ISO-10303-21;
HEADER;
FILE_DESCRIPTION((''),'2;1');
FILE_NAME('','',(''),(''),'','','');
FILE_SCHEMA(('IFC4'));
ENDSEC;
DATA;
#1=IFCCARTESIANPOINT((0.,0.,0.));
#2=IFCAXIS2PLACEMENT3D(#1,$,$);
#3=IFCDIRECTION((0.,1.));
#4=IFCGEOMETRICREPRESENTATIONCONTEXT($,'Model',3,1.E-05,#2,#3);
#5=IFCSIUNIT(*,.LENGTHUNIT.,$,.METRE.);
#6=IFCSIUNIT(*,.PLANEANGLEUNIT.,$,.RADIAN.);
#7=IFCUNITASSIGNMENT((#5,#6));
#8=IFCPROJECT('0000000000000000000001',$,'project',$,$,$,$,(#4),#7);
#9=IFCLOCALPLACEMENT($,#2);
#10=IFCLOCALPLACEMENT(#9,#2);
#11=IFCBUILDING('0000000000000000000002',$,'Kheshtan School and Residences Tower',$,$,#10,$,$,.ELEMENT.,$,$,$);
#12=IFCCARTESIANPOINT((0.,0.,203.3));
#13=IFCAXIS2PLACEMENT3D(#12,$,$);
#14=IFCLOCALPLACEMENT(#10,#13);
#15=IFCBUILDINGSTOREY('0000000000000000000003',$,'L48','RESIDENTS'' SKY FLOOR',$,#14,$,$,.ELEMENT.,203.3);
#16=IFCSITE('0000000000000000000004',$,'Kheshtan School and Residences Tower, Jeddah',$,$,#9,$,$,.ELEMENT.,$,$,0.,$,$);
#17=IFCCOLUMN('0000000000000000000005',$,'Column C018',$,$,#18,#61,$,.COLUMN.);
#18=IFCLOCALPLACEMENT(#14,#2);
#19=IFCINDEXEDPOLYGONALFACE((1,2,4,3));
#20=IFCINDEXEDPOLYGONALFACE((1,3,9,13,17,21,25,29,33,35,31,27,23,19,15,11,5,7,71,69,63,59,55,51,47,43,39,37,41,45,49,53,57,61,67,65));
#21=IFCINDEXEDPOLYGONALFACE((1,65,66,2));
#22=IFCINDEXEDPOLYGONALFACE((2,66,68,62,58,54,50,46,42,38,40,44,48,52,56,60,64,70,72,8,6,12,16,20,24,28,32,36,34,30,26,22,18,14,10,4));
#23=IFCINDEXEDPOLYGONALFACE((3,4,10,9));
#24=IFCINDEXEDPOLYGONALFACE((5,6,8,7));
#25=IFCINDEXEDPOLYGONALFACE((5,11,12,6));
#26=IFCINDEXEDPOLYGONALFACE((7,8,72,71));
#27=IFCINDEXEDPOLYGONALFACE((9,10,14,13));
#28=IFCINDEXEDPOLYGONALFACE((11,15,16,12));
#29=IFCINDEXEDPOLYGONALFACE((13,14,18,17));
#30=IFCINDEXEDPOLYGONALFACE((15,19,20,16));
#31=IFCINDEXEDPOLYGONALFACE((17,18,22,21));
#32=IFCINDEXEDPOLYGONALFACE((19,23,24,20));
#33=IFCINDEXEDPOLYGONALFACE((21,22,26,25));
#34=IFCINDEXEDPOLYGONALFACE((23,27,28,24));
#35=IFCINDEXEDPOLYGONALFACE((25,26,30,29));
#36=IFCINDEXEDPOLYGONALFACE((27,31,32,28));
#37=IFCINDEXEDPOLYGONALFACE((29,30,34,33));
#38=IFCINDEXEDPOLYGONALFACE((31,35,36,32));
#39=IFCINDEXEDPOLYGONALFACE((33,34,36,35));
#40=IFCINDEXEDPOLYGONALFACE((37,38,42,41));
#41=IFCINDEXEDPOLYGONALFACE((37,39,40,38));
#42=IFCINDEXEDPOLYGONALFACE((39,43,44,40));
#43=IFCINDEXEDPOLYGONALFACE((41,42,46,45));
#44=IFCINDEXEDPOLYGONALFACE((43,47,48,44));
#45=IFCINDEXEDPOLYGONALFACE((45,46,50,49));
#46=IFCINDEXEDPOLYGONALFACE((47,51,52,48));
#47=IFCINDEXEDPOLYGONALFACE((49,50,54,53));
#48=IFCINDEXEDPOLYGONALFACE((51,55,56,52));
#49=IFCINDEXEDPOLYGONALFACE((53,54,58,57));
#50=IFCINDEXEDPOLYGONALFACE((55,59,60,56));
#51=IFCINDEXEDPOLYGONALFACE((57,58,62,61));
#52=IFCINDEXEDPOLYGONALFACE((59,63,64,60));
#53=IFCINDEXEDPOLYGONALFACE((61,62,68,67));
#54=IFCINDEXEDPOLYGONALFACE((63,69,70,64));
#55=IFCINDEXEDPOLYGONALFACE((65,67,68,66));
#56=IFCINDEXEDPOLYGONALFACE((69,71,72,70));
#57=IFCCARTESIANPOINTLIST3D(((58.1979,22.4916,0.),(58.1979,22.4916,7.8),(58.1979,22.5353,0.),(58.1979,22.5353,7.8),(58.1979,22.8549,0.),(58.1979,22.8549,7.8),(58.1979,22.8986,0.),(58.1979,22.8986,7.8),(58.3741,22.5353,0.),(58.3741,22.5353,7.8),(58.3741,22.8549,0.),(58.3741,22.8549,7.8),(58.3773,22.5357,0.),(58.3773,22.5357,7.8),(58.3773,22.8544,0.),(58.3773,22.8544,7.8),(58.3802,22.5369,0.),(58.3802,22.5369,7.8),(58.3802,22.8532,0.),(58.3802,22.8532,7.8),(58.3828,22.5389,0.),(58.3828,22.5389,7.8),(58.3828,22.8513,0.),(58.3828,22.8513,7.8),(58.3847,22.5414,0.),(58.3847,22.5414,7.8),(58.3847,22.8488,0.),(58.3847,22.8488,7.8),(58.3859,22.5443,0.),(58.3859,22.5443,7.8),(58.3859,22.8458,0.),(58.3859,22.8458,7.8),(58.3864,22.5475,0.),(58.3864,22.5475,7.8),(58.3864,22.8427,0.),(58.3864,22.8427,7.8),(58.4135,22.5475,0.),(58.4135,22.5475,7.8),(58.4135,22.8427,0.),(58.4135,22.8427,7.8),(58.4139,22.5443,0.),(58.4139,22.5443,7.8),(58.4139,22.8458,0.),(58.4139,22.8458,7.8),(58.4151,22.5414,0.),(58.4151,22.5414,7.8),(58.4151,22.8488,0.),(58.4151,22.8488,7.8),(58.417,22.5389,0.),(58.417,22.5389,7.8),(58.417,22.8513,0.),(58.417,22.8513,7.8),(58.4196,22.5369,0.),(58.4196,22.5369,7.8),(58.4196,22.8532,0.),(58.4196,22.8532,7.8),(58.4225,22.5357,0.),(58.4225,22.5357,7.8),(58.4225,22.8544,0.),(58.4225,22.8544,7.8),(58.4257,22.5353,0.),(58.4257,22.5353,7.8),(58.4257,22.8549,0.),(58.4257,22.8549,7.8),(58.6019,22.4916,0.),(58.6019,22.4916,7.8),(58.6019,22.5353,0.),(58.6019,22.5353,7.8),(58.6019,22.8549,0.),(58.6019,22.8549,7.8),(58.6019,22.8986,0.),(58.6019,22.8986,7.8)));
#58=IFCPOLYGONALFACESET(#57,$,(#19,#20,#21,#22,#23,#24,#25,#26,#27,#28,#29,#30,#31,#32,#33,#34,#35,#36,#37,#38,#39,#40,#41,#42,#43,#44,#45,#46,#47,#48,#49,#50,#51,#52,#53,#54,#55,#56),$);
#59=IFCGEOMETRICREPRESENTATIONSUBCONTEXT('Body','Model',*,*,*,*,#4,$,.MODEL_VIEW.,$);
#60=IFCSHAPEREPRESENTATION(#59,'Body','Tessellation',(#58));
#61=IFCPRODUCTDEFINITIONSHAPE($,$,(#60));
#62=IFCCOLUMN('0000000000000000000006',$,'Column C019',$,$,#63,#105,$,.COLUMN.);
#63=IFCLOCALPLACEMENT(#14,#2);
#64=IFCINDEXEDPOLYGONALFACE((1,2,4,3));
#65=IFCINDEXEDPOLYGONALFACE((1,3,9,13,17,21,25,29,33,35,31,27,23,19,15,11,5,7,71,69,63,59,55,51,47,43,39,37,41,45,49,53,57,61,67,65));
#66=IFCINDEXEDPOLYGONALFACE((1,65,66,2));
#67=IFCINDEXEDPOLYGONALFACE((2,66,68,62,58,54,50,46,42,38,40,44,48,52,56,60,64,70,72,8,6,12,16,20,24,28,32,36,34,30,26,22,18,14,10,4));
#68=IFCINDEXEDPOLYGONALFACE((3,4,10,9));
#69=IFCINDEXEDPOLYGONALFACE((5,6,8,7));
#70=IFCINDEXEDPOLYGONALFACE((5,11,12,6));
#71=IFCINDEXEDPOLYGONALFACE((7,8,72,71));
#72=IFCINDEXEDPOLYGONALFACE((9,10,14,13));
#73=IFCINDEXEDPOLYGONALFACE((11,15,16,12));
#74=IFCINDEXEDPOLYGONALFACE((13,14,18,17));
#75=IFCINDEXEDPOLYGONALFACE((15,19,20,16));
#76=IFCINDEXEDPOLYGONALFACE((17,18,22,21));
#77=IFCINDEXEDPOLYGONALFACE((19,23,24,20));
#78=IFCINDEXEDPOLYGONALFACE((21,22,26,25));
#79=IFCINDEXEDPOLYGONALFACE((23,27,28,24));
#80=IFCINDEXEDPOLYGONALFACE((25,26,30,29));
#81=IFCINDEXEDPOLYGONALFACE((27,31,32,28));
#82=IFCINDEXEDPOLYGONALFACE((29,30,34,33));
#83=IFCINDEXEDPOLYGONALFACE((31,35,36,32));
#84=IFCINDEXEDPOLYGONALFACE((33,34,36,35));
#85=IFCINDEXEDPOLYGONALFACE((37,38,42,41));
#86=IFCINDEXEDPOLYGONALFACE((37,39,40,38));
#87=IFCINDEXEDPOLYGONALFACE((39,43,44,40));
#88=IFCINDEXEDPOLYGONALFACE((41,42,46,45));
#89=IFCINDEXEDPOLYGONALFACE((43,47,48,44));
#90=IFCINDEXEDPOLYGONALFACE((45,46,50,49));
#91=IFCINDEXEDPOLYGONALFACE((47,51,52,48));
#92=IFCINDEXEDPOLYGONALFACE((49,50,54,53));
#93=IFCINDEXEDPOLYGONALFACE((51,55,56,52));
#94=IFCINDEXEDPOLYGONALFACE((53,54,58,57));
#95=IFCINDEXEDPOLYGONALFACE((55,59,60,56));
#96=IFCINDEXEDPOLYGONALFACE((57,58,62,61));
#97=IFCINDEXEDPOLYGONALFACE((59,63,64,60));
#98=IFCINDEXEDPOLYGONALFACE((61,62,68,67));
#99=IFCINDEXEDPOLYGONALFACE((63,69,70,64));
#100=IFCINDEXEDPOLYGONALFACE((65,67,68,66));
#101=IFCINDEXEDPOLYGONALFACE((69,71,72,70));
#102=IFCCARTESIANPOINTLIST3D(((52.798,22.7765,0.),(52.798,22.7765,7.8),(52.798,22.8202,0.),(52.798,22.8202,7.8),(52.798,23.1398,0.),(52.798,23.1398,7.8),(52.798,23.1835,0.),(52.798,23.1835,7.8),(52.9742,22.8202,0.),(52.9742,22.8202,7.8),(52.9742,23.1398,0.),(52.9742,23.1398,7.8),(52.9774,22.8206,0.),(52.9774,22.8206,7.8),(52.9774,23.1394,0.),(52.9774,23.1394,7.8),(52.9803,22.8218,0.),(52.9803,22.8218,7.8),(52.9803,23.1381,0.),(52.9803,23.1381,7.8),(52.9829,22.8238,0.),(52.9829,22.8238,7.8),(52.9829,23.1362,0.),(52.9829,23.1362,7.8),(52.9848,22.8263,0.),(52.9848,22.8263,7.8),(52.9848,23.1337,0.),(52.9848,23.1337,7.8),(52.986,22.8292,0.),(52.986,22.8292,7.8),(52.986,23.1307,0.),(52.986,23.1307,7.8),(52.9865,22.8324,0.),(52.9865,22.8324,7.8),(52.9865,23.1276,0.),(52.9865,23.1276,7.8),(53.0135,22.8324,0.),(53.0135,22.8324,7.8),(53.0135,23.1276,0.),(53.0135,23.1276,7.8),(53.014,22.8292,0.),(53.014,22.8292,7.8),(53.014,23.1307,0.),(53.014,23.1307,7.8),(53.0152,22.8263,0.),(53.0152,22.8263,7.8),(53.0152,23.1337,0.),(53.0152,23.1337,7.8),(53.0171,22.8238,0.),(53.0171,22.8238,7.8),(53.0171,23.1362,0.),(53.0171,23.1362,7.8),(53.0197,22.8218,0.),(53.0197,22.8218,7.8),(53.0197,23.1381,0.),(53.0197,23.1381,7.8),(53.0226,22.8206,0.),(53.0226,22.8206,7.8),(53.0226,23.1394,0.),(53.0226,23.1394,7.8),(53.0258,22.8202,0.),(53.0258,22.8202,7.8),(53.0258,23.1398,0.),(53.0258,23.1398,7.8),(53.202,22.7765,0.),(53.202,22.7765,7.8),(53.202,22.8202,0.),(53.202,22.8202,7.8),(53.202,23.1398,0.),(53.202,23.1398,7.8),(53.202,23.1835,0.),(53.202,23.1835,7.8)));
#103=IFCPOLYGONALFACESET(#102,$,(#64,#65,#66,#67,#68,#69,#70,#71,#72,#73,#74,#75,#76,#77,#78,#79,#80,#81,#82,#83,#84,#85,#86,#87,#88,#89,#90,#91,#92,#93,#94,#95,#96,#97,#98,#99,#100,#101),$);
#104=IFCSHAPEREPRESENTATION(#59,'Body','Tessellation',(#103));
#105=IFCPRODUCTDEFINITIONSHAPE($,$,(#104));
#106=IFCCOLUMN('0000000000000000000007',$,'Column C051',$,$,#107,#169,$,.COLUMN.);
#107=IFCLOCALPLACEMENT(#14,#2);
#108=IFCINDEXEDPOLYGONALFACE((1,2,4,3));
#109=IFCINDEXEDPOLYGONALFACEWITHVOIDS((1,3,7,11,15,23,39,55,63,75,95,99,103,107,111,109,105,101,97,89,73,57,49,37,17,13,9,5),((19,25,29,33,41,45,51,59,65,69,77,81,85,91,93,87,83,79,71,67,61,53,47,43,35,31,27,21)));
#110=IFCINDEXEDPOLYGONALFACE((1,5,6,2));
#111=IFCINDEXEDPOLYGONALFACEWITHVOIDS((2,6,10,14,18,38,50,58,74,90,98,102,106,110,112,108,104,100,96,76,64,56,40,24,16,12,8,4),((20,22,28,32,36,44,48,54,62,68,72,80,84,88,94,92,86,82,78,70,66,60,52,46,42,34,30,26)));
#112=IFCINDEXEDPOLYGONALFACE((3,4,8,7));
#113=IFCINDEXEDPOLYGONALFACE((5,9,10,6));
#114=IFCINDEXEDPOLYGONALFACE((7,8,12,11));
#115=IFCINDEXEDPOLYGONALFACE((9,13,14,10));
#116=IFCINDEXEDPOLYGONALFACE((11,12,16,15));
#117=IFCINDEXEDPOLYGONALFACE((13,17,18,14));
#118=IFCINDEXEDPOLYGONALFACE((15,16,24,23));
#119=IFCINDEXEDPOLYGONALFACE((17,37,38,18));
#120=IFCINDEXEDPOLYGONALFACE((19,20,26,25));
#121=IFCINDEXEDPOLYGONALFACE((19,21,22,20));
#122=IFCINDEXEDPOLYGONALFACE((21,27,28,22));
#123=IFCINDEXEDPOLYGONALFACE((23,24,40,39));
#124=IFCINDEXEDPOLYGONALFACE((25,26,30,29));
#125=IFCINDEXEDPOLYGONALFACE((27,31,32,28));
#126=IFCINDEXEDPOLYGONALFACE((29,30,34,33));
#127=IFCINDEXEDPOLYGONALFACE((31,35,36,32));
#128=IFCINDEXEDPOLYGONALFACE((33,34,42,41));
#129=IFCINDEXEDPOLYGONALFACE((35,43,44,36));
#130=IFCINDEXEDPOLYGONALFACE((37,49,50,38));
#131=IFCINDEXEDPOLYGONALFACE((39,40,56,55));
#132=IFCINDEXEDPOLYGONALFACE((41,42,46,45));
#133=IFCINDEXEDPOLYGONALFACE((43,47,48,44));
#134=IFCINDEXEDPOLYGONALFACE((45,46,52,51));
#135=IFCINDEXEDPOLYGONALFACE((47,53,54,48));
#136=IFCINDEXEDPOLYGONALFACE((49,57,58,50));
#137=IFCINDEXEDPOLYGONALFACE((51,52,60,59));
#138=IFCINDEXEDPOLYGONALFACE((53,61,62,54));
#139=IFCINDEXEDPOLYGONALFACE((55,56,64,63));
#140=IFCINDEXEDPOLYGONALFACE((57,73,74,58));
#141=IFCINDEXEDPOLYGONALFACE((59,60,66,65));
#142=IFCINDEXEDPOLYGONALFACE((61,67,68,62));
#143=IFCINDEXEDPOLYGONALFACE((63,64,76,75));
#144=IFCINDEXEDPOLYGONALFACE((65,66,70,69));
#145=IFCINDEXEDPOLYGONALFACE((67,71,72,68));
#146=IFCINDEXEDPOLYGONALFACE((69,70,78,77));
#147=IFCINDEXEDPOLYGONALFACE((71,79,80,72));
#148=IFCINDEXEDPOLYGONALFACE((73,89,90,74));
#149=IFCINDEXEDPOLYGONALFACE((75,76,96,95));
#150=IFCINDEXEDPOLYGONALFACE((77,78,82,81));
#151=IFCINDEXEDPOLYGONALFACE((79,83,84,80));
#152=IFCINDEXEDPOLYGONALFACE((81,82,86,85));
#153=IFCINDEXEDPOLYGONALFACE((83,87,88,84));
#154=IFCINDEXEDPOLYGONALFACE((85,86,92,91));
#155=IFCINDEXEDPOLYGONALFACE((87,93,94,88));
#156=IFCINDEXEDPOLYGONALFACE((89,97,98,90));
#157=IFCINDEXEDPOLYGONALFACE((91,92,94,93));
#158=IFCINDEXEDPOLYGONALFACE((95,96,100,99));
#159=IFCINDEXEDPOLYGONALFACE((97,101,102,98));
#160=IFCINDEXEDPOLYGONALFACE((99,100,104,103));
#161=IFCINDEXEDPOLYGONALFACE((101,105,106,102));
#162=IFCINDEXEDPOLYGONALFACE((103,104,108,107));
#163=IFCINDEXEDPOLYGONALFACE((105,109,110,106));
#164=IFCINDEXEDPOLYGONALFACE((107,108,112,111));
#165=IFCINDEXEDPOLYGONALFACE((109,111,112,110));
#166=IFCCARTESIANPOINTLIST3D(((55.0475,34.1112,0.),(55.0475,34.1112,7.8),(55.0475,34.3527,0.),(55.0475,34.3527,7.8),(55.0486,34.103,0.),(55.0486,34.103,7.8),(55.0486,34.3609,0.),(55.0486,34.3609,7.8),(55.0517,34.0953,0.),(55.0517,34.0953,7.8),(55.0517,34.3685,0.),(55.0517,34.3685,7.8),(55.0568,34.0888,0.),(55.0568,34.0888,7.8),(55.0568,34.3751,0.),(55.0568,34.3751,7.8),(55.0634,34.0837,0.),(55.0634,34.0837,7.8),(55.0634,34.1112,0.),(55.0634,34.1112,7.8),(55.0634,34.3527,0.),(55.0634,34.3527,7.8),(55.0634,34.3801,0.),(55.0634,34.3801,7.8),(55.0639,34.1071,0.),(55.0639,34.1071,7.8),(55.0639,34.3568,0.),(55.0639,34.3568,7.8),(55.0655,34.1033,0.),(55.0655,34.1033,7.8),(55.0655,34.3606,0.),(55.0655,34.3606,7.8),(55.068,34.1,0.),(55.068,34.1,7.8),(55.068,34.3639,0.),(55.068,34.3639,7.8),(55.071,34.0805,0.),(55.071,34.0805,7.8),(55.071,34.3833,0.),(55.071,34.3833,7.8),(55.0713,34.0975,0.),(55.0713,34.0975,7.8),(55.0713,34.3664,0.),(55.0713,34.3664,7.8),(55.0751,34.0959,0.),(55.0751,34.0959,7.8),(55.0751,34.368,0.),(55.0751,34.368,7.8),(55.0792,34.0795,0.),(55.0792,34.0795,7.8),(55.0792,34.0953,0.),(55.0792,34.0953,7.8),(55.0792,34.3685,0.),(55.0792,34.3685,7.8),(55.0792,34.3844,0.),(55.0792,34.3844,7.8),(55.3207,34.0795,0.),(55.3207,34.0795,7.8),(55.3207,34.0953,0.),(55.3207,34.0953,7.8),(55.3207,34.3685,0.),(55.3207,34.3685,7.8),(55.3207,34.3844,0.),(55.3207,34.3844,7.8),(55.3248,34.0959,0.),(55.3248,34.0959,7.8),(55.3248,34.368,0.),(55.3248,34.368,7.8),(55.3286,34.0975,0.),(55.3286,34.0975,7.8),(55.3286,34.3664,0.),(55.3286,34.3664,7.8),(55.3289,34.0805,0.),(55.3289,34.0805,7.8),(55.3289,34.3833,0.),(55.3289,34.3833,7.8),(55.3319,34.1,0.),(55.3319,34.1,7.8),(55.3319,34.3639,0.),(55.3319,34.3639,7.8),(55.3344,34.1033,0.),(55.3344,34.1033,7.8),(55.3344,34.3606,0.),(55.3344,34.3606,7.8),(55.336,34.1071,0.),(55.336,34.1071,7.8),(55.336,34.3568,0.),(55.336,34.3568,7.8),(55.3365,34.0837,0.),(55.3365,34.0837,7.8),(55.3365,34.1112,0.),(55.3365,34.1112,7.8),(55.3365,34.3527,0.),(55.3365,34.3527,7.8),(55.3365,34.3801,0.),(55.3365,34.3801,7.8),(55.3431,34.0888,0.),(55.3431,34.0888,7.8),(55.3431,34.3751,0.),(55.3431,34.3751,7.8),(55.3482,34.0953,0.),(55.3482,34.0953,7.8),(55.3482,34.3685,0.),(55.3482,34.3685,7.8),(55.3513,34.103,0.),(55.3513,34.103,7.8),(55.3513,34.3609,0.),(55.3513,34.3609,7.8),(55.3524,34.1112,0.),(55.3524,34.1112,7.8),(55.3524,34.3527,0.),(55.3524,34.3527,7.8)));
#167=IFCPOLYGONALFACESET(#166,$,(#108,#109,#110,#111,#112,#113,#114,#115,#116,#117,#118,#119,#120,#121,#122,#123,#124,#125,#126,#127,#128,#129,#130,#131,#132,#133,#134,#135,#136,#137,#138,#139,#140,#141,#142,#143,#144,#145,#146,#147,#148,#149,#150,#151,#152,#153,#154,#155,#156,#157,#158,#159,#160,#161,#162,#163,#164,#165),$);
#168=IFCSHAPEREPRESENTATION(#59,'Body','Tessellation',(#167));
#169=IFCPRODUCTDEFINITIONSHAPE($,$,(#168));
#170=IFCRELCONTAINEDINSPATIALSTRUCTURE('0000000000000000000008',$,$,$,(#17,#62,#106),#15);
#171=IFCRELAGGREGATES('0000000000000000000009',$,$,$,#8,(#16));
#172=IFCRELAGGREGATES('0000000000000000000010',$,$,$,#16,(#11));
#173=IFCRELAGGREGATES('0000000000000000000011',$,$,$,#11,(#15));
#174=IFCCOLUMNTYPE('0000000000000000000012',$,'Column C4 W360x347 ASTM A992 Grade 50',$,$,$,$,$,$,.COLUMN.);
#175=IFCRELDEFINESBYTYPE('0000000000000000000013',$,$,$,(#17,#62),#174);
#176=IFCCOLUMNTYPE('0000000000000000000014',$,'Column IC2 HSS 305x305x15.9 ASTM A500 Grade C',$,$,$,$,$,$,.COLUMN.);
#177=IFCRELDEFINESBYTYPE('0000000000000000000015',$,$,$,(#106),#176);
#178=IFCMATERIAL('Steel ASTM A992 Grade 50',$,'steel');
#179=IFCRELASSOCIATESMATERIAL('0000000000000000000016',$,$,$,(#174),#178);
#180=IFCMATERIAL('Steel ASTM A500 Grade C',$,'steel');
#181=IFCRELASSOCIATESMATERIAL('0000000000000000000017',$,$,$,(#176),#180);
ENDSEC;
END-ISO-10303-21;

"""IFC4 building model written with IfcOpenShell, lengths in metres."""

from ifc_helpers import new_model, si_unit, direction, frame, origin, origin_2d, place, context, subcontext, project, spatial, hollow_rectangle, i_section, extrude, material, material_profile, profile_set, type_object, element, save


model = new_model("IFC4")

# Units and contexts
model_context = context("Model", 3, precision=1e-05, world=origin(), true_north=direction((0.0, 1.0)))
body_context = subcontext(model_context, "Body", "Model", "MODEL_VIEW")
ifc_project = project(units=[si_unit("LENGTHUNIT", "METRE"), si_unit("PLANEANGLEUNIT", "RADIAN")], contexts=[model_context])

# Site, building, storey
site_placement = place(None, origin())
site = spatial("IfcSite", under=ifc_project, at=site_placement, Name="Kheshtan School and Residences Tower, Jeddah", CompositionType="ELEMENT", RefElevation=0.0)
building_placement = place(site_placement, origin())
building = spatial("IfcBuilding", under=site, at=building_placement, Name="Kheshtan School and Residences Tower", CompositionType="ELEMENT")
storey_placement = place(building_placement, frame((0.0, 0.0, 203.3)))
storey = spatial("IfcBuildingStorey", under=building, at=storey_placement, Name="L48", Description="RESIDENTS' SKY FLOOR", CompositionType="ELEMENT", Elevation=203.3)

# Columns
ifc_material_1 = material(Name="Steel ASTM A992 Grade 50", Category="steel")
ifc_material_profile_1 = material_profile(ifc_material_1, i_section(OverallWidth=0.4041, OverallDepth=0.407, WebThickness=0.0271, FlangeThickness=0.0437, FilletRadius=0.0122, at=origin_2d()), Name="W360x347")
ifc_profile_set_1 = profile_set([ifc_material_profile_1], Name="Steel ASTM A992 Grade 50")
column_type_1 = type_object("IfcColumnType", Name="Column C4 W360x347 ASTM A992 Grade 50", PredefinedType="COLUMN", material=ifc_profile_set_1)
for number, where, z_axis, x_axis, name in (
    (1, (58.3999, 22.6951, 0.0), (0.0, 0.0, 1.0), (1.0, 0.0, 0.0), "Column C018"),
    (2, (53.0, 22.98, 0.0), (0.0, 0.0, 1.0), (1.0, 0.0, 0.0), "Column C019"),
):
    element("IfcColumn", number, at=place(storey_placement, frame(where, z_axis=z_axis, x_axis=x_axis)), inside=storey, type_object=column_type_1, Name=name, PredefinedType="COLUMN", context=body_context, shape_type="SweptSolid", body=[
        extrude(i_section(OverallWidth=0.4041, OverallDepth=0.407, WebThickness=0.0271, FlangeThickness=0.0437, FilletRadius=0.0122, at=origin_2d()), origin(), (0.0, 0.0, 1.0), 7.8),
    ])
ifc_material_2 = material(Name="Steel ASTM A500 Grade C", Category="steel")
ifc_material_profile_2 = material_profile(ifc_material_2, hollow_rectangle(XDim=0.3049, YDim=0.3049, WallThickness=0.0159, InnerFilletRadius=0.0159, OuterFilletRadius=0.0317, at=origin_2d()), Name="HSS 305x305x15.9")
ifc_profile_set_2 = profile_set([ifc_material_profile_2], Name="Steel ASTM A500 Grade C")
column_type_2 = type_object("IfcColumnType", Name="Column IC2 HSS 305x305x15.9 ASTM A500 Grade C", PredefinedType="COLUMN", material=ifc_profile_set_2)
column_placement = place(storey_placement, frame((55.2, 34.2319, 0.0), z_axis=(0.0, 0.0, 1.0), x_axis=(1.0, 0.0, 0.0)))
element("IfcColumn", 3, at=column_placement, inside=storey, type_object=column_type_2, Name="Column C051", PredefinedType="COLUMN", context=body_context, shape_type="SweptSolid", body=[
    extrude(hollow_rectangle(XDim=0.3049, YDim=0.3049, WallThickness=0.0159, InnerFilletRadius=0.0159, OuterFilletRadius=0.0317, at=origin_2d()), origin(), (0.0, 0.0, 1.0), 7.8),
])

save(model, "model.ifc")
